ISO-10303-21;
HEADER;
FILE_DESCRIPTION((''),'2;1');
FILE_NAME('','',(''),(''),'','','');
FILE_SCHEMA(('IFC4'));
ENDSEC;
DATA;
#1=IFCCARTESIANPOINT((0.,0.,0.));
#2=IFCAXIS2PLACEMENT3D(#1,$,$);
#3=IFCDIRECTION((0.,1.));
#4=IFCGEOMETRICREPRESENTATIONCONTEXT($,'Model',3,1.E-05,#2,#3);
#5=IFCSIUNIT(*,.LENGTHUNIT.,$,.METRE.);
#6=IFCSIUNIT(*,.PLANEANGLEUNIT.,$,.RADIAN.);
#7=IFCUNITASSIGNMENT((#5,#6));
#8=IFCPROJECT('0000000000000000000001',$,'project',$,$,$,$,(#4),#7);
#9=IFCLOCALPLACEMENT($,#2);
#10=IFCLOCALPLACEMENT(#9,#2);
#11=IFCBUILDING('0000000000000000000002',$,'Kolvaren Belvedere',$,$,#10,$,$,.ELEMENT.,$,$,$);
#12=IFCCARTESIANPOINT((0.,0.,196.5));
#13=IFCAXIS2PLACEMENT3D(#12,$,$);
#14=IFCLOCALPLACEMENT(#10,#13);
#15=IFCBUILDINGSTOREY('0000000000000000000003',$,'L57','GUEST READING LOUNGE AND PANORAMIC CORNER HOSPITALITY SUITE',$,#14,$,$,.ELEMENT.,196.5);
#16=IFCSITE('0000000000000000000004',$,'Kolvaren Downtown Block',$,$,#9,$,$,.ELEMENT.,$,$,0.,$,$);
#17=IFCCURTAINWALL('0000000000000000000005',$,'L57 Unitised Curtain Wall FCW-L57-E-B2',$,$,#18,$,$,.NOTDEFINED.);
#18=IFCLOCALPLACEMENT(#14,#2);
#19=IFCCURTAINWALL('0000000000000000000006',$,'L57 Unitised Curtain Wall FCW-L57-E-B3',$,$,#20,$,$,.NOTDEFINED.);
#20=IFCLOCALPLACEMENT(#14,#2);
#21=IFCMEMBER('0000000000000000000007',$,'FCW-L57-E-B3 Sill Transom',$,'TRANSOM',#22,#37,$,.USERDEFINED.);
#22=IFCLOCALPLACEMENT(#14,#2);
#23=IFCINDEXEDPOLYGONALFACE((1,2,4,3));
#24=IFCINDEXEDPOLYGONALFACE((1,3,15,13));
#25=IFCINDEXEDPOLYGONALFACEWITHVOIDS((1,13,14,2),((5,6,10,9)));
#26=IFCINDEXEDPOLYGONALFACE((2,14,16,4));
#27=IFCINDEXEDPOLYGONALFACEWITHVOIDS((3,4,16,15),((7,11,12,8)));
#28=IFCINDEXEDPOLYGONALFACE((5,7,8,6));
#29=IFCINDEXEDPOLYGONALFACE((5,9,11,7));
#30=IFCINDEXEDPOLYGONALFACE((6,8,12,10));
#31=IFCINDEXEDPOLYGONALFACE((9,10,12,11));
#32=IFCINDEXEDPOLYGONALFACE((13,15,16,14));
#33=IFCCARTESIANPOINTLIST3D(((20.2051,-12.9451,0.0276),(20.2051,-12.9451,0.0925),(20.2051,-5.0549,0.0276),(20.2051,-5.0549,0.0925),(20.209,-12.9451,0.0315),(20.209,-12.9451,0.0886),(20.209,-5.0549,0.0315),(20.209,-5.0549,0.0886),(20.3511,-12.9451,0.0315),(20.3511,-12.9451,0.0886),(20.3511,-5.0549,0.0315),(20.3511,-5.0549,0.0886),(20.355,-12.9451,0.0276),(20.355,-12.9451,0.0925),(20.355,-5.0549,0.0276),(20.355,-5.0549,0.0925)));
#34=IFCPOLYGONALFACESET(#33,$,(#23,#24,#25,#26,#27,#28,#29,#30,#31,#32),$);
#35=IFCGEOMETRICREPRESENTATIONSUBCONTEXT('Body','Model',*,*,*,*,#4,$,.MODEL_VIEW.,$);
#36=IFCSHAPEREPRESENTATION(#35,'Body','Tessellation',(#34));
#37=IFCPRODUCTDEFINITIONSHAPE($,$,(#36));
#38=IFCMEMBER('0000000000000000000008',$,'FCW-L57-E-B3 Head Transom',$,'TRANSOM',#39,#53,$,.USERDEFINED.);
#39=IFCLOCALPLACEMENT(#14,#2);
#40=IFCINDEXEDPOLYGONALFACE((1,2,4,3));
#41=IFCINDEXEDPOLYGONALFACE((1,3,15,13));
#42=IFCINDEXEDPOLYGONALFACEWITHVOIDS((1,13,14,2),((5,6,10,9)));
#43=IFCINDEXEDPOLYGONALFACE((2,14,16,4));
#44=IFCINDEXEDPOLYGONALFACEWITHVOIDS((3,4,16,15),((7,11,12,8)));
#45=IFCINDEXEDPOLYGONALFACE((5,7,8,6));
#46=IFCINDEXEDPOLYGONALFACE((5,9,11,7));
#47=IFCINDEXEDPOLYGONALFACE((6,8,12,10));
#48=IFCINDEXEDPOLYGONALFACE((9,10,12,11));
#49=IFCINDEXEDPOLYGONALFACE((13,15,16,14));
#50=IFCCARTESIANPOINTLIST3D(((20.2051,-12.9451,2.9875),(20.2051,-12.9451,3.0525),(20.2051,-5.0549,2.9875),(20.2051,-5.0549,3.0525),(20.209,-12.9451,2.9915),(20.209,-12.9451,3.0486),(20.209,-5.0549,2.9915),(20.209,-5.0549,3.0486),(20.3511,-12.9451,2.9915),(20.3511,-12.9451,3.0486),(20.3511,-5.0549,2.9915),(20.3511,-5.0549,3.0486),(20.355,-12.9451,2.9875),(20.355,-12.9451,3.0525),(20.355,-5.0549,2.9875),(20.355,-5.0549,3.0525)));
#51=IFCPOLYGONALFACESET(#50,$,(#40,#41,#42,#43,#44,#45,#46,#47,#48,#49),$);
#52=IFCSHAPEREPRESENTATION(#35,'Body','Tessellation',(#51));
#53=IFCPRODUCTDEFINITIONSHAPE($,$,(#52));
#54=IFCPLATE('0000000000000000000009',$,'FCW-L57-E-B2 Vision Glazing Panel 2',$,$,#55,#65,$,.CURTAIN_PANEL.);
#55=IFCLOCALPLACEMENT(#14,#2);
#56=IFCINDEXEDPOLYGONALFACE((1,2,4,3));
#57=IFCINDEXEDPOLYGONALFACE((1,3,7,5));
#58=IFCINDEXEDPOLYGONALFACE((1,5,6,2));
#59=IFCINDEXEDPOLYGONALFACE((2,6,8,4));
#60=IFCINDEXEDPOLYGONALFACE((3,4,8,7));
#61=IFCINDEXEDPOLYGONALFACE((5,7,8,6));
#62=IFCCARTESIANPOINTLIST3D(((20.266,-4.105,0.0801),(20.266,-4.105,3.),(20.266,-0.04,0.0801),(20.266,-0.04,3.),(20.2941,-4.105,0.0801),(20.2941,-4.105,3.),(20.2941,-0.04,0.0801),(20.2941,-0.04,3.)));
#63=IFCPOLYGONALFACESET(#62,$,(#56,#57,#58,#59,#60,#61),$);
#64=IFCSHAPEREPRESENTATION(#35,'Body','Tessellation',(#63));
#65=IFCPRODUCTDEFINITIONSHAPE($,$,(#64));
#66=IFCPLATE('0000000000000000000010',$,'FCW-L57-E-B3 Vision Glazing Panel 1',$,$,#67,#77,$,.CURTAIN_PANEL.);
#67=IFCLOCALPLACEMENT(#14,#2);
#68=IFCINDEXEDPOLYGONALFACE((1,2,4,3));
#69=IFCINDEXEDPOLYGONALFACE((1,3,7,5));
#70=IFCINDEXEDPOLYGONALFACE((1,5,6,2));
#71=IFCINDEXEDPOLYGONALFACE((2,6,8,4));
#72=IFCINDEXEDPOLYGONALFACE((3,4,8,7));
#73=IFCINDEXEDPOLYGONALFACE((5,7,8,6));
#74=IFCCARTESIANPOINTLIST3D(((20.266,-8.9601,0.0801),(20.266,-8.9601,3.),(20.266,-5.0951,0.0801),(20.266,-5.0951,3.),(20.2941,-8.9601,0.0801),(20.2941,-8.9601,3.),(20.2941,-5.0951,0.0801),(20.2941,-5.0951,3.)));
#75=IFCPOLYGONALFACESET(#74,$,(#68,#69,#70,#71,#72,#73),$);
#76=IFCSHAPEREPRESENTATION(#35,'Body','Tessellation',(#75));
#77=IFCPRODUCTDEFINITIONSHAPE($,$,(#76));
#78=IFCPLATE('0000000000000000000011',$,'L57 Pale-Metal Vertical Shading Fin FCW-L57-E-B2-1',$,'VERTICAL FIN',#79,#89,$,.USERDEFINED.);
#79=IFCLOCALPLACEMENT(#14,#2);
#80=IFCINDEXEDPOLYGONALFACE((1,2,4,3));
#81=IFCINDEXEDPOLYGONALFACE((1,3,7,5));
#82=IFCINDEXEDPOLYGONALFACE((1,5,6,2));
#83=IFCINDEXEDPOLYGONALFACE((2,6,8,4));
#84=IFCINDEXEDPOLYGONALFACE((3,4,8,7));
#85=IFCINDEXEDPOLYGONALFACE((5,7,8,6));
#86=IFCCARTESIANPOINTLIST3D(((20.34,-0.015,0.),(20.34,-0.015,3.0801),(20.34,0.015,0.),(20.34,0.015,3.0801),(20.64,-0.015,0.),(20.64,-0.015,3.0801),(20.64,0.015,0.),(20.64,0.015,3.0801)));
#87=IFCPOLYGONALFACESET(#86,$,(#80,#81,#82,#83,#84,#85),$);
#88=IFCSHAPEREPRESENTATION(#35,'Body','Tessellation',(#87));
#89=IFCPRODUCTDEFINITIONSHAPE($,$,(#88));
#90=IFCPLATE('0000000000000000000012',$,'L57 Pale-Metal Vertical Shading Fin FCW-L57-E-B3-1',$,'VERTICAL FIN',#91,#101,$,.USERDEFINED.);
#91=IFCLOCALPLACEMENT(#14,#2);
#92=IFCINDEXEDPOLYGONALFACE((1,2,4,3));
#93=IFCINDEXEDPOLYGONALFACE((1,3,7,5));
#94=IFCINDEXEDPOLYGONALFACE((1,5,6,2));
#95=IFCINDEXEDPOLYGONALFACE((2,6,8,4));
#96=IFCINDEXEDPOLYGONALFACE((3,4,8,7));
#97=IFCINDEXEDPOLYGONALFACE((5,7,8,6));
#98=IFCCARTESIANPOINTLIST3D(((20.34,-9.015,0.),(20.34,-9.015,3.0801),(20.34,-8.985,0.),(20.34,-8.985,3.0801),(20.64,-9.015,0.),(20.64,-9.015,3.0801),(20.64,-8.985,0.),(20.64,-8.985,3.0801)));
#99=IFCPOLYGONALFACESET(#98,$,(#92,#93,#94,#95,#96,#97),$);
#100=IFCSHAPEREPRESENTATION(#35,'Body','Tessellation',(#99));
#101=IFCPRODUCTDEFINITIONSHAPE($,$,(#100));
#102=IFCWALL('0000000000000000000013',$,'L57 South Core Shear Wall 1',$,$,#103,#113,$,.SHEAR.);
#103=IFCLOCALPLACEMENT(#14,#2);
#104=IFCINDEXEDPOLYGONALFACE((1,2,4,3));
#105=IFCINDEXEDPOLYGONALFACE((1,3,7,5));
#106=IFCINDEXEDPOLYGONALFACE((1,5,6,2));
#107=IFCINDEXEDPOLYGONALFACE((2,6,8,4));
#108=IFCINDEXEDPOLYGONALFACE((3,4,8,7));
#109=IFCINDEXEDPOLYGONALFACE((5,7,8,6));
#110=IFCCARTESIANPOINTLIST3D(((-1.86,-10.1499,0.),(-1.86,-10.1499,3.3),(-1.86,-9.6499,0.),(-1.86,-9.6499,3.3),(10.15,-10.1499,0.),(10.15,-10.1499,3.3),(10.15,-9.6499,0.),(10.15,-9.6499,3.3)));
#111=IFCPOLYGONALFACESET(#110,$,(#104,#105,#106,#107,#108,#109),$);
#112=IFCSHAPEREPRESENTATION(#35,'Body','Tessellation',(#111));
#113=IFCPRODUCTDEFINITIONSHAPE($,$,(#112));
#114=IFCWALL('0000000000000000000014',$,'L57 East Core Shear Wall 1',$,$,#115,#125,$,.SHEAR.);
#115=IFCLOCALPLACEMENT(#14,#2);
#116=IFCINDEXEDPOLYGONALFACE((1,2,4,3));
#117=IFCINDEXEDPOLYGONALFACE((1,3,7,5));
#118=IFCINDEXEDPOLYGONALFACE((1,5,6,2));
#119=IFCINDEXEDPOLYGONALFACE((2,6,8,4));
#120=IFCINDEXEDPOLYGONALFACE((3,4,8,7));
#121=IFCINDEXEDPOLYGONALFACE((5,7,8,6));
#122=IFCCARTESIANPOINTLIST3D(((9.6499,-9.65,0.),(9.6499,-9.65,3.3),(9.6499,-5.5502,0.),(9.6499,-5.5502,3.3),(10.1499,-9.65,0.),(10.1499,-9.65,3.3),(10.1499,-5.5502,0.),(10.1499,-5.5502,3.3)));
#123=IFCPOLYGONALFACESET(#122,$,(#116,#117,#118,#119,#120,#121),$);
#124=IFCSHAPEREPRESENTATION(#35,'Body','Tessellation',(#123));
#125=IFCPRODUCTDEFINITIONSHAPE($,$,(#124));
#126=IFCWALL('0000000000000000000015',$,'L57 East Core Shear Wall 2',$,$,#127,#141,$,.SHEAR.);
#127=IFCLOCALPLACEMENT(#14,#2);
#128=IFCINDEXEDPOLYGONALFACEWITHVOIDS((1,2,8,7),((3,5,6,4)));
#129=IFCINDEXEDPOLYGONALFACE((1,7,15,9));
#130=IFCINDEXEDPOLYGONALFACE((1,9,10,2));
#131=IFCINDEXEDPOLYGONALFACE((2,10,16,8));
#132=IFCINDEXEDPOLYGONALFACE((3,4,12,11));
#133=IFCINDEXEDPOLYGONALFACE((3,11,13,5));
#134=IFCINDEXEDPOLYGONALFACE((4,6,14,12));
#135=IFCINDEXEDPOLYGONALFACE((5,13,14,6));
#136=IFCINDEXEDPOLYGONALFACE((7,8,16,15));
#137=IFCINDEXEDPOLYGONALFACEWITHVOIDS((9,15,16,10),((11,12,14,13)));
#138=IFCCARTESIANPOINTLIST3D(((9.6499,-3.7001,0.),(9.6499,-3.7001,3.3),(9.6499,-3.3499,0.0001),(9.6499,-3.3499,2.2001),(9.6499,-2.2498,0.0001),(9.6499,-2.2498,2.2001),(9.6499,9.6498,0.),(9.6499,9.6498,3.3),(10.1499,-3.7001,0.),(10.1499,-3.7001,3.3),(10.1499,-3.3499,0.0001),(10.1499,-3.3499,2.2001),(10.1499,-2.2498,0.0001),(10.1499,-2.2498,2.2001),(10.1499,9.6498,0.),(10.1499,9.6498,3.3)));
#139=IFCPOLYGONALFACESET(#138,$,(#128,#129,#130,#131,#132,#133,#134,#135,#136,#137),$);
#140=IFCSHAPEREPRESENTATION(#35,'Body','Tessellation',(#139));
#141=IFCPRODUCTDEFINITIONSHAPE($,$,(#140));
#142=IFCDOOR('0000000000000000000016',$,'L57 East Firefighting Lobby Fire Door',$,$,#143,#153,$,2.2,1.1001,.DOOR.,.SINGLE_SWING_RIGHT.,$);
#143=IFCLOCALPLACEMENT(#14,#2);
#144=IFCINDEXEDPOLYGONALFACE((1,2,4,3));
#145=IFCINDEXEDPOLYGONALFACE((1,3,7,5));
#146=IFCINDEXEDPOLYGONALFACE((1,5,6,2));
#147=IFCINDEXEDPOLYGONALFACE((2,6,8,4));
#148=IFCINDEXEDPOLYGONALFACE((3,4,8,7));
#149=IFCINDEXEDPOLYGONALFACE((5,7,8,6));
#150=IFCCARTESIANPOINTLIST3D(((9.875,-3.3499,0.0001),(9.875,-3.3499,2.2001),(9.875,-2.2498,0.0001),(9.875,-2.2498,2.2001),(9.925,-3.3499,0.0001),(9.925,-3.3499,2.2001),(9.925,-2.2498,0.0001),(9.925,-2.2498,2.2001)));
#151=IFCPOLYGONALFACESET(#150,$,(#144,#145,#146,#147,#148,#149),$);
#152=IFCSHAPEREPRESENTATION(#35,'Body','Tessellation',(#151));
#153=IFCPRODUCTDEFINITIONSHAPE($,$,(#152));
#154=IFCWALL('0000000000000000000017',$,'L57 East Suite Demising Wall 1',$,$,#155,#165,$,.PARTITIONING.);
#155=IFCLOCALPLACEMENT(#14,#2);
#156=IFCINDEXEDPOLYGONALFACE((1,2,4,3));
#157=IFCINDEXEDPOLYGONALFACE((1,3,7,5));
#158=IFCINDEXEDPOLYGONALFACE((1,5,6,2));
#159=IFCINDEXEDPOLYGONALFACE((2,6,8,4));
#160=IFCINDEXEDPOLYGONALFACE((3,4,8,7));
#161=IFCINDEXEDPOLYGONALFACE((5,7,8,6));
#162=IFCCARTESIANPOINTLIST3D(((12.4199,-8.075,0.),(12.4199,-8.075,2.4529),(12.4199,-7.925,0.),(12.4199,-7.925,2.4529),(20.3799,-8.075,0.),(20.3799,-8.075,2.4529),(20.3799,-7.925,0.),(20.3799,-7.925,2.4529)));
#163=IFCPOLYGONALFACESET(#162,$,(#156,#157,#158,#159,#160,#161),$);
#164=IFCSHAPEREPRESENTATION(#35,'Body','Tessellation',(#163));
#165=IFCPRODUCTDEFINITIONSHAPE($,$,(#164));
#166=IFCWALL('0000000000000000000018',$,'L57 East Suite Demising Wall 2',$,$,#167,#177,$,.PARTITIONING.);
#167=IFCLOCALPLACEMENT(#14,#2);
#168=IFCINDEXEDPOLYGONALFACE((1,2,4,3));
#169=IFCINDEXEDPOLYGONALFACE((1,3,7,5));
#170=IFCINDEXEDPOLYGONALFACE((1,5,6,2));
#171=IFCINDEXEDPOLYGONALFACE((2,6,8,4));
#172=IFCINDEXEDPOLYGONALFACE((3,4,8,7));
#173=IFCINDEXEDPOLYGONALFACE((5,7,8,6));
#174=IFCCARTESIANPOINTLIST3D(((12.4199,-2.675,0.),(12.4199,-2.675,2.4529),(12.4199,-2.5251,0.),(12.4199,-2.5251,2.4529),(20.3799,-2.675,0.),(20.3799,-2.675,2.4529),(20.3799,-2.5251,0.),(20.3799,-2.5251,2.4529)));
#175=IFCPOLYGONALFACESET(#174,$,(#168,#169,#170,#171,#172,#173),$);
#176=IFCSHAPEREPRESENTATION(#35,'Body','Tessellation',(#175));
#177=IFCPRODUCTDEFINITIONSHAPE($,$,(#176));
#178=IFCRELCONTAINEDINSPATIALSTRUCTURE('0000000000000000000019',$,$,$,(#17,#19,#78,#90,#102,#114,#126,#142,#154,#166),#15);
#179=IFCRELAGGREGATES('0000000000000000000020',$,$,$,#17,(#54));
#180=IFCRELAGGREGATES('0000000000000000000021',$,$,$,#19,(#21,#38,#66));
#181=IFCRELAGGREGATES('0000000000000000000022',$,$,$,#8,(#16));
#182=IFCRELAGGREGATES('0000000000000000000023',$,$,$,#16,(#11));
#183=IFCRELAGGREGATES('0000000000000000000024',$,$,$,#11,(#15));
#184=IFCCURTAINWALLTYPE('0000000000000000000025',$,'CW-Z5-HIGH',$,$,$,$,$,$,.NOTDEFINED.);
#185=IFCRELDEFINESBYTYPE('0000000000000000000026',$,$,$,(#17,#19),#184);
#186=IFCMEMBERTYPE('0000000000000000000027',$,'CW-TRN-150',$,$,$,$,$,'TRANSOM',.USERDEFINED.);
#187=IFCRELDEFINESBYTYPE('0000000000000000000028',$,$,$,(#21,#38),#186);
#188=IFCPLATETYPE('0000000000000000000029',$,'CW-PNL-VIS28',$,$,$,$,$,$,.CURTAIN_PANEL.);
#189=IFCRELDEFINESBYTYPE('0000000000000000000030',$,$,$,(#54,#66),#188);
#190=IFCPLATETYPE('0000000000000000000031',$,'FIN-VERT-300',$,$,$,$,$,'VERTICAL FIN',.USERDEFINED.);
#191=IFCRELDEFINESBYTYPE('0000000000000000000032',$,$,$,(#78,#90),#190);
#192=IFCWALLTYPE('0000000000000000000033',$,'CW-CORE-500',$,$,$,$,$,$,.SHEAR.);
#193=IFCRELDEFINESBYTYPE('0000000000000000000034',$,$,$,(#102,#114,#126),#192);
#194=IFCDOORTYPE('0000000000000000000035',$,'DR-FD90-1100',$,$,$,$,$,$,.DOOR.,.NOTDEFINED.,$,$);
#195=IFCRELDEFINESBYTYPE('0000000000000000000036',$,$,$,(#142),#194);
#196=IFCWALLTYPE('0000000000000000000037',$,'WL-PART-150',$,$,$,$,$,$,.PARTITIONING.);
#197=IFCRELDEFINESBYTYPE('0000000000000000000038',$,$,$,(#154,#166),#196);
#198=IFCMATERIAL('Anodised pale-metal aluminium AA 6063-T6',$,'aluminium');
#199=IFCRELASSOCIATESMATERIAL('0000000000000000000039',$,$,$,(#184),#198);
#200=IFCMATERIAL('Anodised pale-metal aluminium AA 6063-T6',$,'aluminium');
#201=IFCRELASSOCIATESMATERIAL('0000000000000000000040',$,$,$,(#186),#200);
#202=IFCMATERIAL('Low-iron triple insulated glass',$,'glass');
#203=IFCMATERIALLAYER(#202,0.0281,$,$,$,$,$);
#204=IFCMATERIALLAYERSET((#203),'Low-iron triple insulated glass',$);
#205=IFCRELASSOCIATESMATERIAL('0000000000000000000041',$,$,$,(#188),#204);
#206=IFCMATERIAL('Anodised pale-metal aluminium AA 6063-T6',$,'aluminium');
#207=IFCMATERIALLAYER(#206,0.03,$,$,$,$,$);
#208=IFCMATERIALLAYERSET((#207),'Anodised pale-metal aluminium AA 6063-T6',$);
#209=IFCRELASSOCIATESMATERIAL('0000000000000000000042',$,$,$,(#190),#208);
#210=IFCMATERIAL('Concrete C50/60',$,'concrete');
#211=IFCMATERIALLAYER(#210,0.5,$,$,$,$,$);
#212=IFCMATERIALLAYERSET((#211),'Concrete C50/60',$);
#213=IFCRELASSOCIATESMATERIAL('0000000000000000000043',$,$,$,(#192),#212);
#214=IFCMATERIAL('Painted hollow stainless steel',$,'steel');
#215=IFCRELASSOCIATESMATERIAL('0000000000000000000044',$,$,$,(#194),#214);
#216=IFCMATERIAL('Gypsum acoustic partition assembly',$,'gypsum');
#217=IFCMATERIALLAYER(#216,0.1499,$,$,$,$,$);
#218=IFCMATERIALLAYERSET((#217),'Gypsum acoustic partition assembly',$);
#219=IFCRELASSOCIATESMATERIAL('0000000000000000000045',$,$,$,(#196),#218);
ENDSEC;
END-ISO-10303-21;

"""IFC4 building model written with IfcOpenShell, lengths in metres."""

from ifc_helpers import new_model, si_unit, direction, frame, frame_2d, origin, origin_2d, place, context, subcontext, project, spatial, rectangle, hollow_rectangle, extrude, material, layer, layer_set, material_profile, profile_set, type_object, element, fill, aggregate, save


model = new_model("IFC4")

# Units and contexts
model_context = context("Model", 3, precision=1e-05, world=origin(), true_north=direction((0.0, 1.0)))
body_context = subcontext(model_context, "Body", "Model", "MODEL_VIEW")
ifc_project = project(units=[si_unit("LENGTHUNIT", "METRE"), si_unit("PLANEANGLEUNIT", "RADIAN")], contexts=[model_context])

# Site, building, storey
site_placement = place(None, origin())
site = spatial("IfcSite", under=ifc_project, at=site_placement, Name="Kolvaren Downtown Block", CompositionType="ELEMENT", RefElevation=0.0)
building_placement = place(site_placement, origin())
building = spatial("IfcBuilding", under=site, at=building_placement, Name="Kolvaren Belvedere", CompositionType="ELEMENT")
storey_placement = place(building_placement, frame((0.0, 0.0, 196.5)))
storey = spatial("IfcBuildingStorey", under=building, at=storey_placement, Name="L57", Description="GUEST READING LOUNGE AND PANORAMIC CORNER HOSPITALITY SUITE", CompositionType="ELEMENT", Elevation=196.5)

# Curtain walls, members
ifc_material_1 = material(Name="Anodised pale-metal aluminium AA 6063-T6", Category="aluminium")
curtain_wall_type = type_object("IfcCurtainWallType", Name="CW-Z5-HIGH", PredefinedType="NOTDEFINED", material=ifc_material_1)
curtain_wall_1_placement = place(storey_placement, origin())
curtain_wall_1 = element("IfcCurtainWall", 1, at=curtain_wall_1_placement, inside=storey, type_object=curtain_wall_type, Name="L57 Unitised Curtain Wall FCW-L57-E-B2", PredefinedType="NOTDEFINED")
curtain_wall_2_placement = place(storey_placement, origin())
curtain_wall_2 = element("IfcCurtainWall", 2, at=curtain_wall_2_placement, inside=storey, type_object=curtain_wall_type, Name="L57 Unitised Curtain Wall FCW-L57-E-B3", PredefinedType="NOTDEFINED")
ifc_material_2 = material(Name="Anodised pale-metal aluminium AA 6063-T6", Category="aluminium")
ifc_material_profile_1 = material_profile(ifc_material_2, hollow_rectangle(XDim=0.0649, YDim=0.1499, WallThickness=0.0039, at=origin_2d()), Name="ALU-TRN-150X65")
ifc_profile_set_1 = profile_set([ifc_material_profile_1], Name="Anodised pale-metal aluminium AA 6063-T6")
member_type_1 = type_object("IfcMemberType", Name="CW-TRN-150", ElementType="TRANSOM", PredefinedType="USERDEFINED", material=ifc_profile_set_1)
member_1_placement = place(storey_placement, frame((20.28, -5.0549, 0.0601), z_axis=(0.0, -1.0, 0.0), x_axis=(0.0, 0.0, 1.0)))
member_1 = element("IfcMember", 3, at=member_1_placement, type_object=member_type_1, Name="FCW-L57-E-B3 Sill Transom", ObjectType="TRANSOM", PredefinedType="USERDEFINED", context=body_context, shape_type="SweptSolid", body=[
    extrude(hollow_rectangle(XDim=0.0649, YDim=0.1499, WallThickness=0.0039, at=origin_2d()), origin(), (0.0, 0.0, 1.0), 7.8901),
])
member_2_placement = place(storey_placement, frame((20.28, -5.0549, 3.02), z_axis=(0.0, -1.0, 0.0), x_axis=(0.0, 0.0, 1.0)))
member_2 = element("IfcMember", 4, at=member_2_placement, type_object=member_type_1, Name="FCW-L57-E-B3 Head Transom", ObjectType="TRANSOM", PredefinedType="USERDEFINED", context=body_context, shape_type="SweptSolid", body=[
    extrude(hollow_rectangle(XDim=0.0649, YDim=0.1499, WallThickness=0.0039, at=origin_2d()), origin(), (0.0, 0.0, 1.0), 7.8901),
])

# Plates
ifc_material_3 = material(Name="Low-iron triple insulated glass", Category="glass")
ifc_layer_1 = layer(ifc_material_3, 0.0281)
ifc_layer_set_1 = layer_set([ifc_layer_1], Name="Low-iron triple insulated glass")
plate_type_1 = type_object("IfcPlateType", Name="CW-PNL-VIS28", PredefinedType="CURTAIN_PANEL", material=ifc_layer_set_1)
plate_1_placement = place(storey_placement, frame((20.28, -2.0725, 0.0801), z_axis=(0.0, 0.0, 1.0), x_axis=(0.0, -1.0, 0.0)))
plate_1 = element("IfcPlate", 5, at=plate_1_placement, type_object=plate_type_1, Name="FCW-L57-E-B2 Vision Glazing Panel 2", PredefinedType="CURTAIN_PANEL", context=body_context, shape_type="SweptSolid", body=[
    extrude(rectangle(XDim=4.0649, YDim=0.0281, at=origin_2d()), origin(), (0.0, 0.0, 1.0), 2.9199),
])
aggregate(curtain_wall_1, [plate_1])
plate_2_placement = place(storey_placement, frame((20.28, -7.0276, 0.0801), z_axis=(0.0, 0.0, 1.0), x_axis=(0.0, -1.0, 0.0)))
plate_2 = element("IfcPlate", 6, at=plate_2_placement, type_object=plate_type_1, Name="FCW-L57-E-B3 Vision Glazing Panel 1", PredefinedType="CURTAIN_PANEL", context=body_context, shape_type="SweptSolid", body=[
    extrude(rectangle(XDim=3.865, YDim=0.0281, at=origin_2d()), origin(), (0.0, 0.0, 1.0), 2.9199),
])
aggregate(curtain_wall_2, [member_1, member_2, plate_2])

# Plates
ifc_material_4 = material(Name="Anodised pale-metal aluminium AA 6063-T6", Category="aluminium")
ifc_layer_2 = layer(ifc_material_4, 0.03)
ifc_layer_set_2 = layer_set([ifc_layer_2], Name="Anodised pale-metal aluminium AA 6063-T6")
plate_type_2 = type_object("IfcPlateType", Name="FIN-VERT-300", ElementType="VERTICAL FIN", PredefinedType="USERDEFINED", material=ifc_layer_set_2)
for number, where, z_axis, x_axis, name in (
    (7, (20.49, 0.0, 0.0), (0.0, 0.0, 1.0), (1.0, 0.0, 0.0), "L57 Pale-Metal Vertical Shading Fin FCW-L57-E-B2-1"),
    (8, (20.49, -9.0, 0.0), (0.0, 0.0, 1.0), (1.0, 0.0, 0.0), "L57 Pale-Metal Vertical Shading Fin FCW-L57-E-B3-1"),
):
    element("IfcPlate", number, at=place(storey_placement, frame(where, z_axis=z_axis, x_axis=x_axis)), inside=storey, type_object=plate_type_2, Name=name, ObjectType="VERTICAL FIN", PredefinedType="USERDEFINED", context=body_context, shape_type="SweptSolid", body=[
        extrude(rectangle(XDim=0.3, YDim=0.03, at=origin_2d()), origin(), (0.0, 0.0, 1.0), 3.0801),
    ])

# Walls
ifc_material_5 = material(Name="Concrete C50/60", Category="concrete")
ifc_layer_3 = layer(ifc_material_5, 0.5)
ifc_layer_set_3 = layer_set([ifc_layer_3], Name="Concrete C50/60")
wall_type_1 = type_object("IfcWallType", Name="CW-CORE-500", PredefinedType="SHEAR", material=ifc_layer_set_3)
wall_1_placement = place(storey_placement, frame((10.1499, -9.8999, 0.0), z_axis=(0.0, 0.0, 1.0), x_axis=(-1.0, 0.0, 0.0)))
element("IfcWall", 9, at=wall_1_placement, inside=storey, type_object=wall_type_1, Name="L57 South Core Shear Wall 1", PredefinedType="SHEAR", context=body_context, shape_type="SweptSolid", body=[
    extrude(rectangle(XDim=12.01, YDim=0.5, at=frame_2d((6.0049, 0.0))), origin(), (0.0, 0.0, 1.0), 3.3),
])
wall_2_placement = place(storey_placement, frame((9.8999, -9.6499, 0.0), z_axis=(0.0, 0.0, 1.0), x_axis=(0.0, 1.0, 0.0)))
element("IfcWall", 10, at=wall_2_placement, inside=storey, type_object=wall_type_1, Name="L57 East Core Shear Wall 1", PredefinedType="SHEAR", context=body_context, shape_type="SweptSolid", body=[
    extrude(rectangle(XDim=4.0999, YDim=0.5, at=frame_2d((2.0498, 0.0))), origin(), (0.0, 0.0, 1.0), 3.3),
])

# Wall, opening, door
wall_3_placement = place(storey_placement, frame((9.8999, -3.7, 0.0), z_axis=(0.0, 0.0, 1.0), x_axis=(0.0, 1.0, 0.0)))
wall_3 = element("IfcWall", 11, at=wall_3_placement, inside=storey, type_object=wall_type_1, Name="L57 East Core Shear Wall 2", PredefinedType="SHEAR", context=body_context, shape_type="SweptSolid", body=[
    extrude(rectangle(XDim=13.3499, YDim=0.5, at=frame_2d((6.6748, 0.0))), origin(), (0.0, 0.0, 1.0), 3.3),
])
opening_placement = place(wall_3_placement, frame((0.3501, 0.0, 0.0)))
opening = element("IfcOpeningElement", 12, at=opening_placement, cuts=wall_3, PredefinedType="OPENING", context=body_context, shape_type="SweptSolid", body=[
    extrude(rectangle(XDim=1.1001, YDim=2.2, at=frame_2d((0.55, 1.1001))), frame((0.0, 0.26, 0.0), z_axis=(0.0, -1.0, 0.0), x_axis=(1.0, 0.0, 0.0)), (0.0, 0.0, 1.0), 0.52),
])
ifc_material_6 = material(Name="Painted hollow stainless steel", Category="steel")
door_type = type_object("IfcDoorType", Name="DR-FD90-1100", OperationType="NOTDEFINED", PredefinedType="DOOR", material=ifc_material_6)
door_placement = place(opening_placement, origin())
door = element("IfcDoor", 13, at=door_placement, inside=storey, type_object=door_type, Name="L57 East Firefighting Lobby Fire Door", OperationType="SINGLE_SWING_RIGHT", OverallHeight=2.2, OverallWidth=1.1001, PredefinedType="DOOR", context=body_context, shape_type="SweptSolid", body=[
    extrude(rectangle(XDim=1.1001, YDim=2.2, at=frame_2d((0.55, 1.1001))), frame((0.0, 0.0249, 0.0), z_axis=(0.0, -1.0, 0.0), x_axis=(1.0, 0.0, 0.0)), (0.0, 0.0, 1.0), 0.05),
])
fill(opening, door)

# Walls
ifc_material_7 = material(Name="Gypsum acoustic partition assembly", Category="gypsum")
ifc_layer_4 = layer(ifc_material_7, 0.1499)
ifc_layer_set_4 = layer_set([ifc_layer_4], Name="Gypsum acoustic partition assembly")
wall_type_2 = type_object("IfcWallType", Name="WL-PART-150", PredefinedType="PARTITIONING", material=ifc_layer_set_4)
for number, where, z_axis, x_axis, name in (
    (14, (12.4199, -8.0, 0.0), (0.0, 0.0, 1.0), (1.0, 0.0, 0.0), "L57 East Suite Demising Wall 1"),
    (15, (12.4199, -2.6001, 0.0), (0.0, 0.0, 1.0), (1.0, 0.0, 0.0), "L57 East Suite Demising Wall 2"),
):
    element("IfcWall", number, at=place(storey_placement, frame(where, z_axis=z_axis, x_axis=x_axis)), inside=storey, type_object=wall_type_2, Name=name, PredefinedType="PARTITIONING", context=body_context, shape_type="SweptSolid", body=[
        extrude(rectangle(XDim=7.96, YDim=0.1499, at=frame_2d((3.98, 0.0))), origin(), (0.0, 0.0, 1.0), 2.4529),
    ])

save(model, "model.ifc")
